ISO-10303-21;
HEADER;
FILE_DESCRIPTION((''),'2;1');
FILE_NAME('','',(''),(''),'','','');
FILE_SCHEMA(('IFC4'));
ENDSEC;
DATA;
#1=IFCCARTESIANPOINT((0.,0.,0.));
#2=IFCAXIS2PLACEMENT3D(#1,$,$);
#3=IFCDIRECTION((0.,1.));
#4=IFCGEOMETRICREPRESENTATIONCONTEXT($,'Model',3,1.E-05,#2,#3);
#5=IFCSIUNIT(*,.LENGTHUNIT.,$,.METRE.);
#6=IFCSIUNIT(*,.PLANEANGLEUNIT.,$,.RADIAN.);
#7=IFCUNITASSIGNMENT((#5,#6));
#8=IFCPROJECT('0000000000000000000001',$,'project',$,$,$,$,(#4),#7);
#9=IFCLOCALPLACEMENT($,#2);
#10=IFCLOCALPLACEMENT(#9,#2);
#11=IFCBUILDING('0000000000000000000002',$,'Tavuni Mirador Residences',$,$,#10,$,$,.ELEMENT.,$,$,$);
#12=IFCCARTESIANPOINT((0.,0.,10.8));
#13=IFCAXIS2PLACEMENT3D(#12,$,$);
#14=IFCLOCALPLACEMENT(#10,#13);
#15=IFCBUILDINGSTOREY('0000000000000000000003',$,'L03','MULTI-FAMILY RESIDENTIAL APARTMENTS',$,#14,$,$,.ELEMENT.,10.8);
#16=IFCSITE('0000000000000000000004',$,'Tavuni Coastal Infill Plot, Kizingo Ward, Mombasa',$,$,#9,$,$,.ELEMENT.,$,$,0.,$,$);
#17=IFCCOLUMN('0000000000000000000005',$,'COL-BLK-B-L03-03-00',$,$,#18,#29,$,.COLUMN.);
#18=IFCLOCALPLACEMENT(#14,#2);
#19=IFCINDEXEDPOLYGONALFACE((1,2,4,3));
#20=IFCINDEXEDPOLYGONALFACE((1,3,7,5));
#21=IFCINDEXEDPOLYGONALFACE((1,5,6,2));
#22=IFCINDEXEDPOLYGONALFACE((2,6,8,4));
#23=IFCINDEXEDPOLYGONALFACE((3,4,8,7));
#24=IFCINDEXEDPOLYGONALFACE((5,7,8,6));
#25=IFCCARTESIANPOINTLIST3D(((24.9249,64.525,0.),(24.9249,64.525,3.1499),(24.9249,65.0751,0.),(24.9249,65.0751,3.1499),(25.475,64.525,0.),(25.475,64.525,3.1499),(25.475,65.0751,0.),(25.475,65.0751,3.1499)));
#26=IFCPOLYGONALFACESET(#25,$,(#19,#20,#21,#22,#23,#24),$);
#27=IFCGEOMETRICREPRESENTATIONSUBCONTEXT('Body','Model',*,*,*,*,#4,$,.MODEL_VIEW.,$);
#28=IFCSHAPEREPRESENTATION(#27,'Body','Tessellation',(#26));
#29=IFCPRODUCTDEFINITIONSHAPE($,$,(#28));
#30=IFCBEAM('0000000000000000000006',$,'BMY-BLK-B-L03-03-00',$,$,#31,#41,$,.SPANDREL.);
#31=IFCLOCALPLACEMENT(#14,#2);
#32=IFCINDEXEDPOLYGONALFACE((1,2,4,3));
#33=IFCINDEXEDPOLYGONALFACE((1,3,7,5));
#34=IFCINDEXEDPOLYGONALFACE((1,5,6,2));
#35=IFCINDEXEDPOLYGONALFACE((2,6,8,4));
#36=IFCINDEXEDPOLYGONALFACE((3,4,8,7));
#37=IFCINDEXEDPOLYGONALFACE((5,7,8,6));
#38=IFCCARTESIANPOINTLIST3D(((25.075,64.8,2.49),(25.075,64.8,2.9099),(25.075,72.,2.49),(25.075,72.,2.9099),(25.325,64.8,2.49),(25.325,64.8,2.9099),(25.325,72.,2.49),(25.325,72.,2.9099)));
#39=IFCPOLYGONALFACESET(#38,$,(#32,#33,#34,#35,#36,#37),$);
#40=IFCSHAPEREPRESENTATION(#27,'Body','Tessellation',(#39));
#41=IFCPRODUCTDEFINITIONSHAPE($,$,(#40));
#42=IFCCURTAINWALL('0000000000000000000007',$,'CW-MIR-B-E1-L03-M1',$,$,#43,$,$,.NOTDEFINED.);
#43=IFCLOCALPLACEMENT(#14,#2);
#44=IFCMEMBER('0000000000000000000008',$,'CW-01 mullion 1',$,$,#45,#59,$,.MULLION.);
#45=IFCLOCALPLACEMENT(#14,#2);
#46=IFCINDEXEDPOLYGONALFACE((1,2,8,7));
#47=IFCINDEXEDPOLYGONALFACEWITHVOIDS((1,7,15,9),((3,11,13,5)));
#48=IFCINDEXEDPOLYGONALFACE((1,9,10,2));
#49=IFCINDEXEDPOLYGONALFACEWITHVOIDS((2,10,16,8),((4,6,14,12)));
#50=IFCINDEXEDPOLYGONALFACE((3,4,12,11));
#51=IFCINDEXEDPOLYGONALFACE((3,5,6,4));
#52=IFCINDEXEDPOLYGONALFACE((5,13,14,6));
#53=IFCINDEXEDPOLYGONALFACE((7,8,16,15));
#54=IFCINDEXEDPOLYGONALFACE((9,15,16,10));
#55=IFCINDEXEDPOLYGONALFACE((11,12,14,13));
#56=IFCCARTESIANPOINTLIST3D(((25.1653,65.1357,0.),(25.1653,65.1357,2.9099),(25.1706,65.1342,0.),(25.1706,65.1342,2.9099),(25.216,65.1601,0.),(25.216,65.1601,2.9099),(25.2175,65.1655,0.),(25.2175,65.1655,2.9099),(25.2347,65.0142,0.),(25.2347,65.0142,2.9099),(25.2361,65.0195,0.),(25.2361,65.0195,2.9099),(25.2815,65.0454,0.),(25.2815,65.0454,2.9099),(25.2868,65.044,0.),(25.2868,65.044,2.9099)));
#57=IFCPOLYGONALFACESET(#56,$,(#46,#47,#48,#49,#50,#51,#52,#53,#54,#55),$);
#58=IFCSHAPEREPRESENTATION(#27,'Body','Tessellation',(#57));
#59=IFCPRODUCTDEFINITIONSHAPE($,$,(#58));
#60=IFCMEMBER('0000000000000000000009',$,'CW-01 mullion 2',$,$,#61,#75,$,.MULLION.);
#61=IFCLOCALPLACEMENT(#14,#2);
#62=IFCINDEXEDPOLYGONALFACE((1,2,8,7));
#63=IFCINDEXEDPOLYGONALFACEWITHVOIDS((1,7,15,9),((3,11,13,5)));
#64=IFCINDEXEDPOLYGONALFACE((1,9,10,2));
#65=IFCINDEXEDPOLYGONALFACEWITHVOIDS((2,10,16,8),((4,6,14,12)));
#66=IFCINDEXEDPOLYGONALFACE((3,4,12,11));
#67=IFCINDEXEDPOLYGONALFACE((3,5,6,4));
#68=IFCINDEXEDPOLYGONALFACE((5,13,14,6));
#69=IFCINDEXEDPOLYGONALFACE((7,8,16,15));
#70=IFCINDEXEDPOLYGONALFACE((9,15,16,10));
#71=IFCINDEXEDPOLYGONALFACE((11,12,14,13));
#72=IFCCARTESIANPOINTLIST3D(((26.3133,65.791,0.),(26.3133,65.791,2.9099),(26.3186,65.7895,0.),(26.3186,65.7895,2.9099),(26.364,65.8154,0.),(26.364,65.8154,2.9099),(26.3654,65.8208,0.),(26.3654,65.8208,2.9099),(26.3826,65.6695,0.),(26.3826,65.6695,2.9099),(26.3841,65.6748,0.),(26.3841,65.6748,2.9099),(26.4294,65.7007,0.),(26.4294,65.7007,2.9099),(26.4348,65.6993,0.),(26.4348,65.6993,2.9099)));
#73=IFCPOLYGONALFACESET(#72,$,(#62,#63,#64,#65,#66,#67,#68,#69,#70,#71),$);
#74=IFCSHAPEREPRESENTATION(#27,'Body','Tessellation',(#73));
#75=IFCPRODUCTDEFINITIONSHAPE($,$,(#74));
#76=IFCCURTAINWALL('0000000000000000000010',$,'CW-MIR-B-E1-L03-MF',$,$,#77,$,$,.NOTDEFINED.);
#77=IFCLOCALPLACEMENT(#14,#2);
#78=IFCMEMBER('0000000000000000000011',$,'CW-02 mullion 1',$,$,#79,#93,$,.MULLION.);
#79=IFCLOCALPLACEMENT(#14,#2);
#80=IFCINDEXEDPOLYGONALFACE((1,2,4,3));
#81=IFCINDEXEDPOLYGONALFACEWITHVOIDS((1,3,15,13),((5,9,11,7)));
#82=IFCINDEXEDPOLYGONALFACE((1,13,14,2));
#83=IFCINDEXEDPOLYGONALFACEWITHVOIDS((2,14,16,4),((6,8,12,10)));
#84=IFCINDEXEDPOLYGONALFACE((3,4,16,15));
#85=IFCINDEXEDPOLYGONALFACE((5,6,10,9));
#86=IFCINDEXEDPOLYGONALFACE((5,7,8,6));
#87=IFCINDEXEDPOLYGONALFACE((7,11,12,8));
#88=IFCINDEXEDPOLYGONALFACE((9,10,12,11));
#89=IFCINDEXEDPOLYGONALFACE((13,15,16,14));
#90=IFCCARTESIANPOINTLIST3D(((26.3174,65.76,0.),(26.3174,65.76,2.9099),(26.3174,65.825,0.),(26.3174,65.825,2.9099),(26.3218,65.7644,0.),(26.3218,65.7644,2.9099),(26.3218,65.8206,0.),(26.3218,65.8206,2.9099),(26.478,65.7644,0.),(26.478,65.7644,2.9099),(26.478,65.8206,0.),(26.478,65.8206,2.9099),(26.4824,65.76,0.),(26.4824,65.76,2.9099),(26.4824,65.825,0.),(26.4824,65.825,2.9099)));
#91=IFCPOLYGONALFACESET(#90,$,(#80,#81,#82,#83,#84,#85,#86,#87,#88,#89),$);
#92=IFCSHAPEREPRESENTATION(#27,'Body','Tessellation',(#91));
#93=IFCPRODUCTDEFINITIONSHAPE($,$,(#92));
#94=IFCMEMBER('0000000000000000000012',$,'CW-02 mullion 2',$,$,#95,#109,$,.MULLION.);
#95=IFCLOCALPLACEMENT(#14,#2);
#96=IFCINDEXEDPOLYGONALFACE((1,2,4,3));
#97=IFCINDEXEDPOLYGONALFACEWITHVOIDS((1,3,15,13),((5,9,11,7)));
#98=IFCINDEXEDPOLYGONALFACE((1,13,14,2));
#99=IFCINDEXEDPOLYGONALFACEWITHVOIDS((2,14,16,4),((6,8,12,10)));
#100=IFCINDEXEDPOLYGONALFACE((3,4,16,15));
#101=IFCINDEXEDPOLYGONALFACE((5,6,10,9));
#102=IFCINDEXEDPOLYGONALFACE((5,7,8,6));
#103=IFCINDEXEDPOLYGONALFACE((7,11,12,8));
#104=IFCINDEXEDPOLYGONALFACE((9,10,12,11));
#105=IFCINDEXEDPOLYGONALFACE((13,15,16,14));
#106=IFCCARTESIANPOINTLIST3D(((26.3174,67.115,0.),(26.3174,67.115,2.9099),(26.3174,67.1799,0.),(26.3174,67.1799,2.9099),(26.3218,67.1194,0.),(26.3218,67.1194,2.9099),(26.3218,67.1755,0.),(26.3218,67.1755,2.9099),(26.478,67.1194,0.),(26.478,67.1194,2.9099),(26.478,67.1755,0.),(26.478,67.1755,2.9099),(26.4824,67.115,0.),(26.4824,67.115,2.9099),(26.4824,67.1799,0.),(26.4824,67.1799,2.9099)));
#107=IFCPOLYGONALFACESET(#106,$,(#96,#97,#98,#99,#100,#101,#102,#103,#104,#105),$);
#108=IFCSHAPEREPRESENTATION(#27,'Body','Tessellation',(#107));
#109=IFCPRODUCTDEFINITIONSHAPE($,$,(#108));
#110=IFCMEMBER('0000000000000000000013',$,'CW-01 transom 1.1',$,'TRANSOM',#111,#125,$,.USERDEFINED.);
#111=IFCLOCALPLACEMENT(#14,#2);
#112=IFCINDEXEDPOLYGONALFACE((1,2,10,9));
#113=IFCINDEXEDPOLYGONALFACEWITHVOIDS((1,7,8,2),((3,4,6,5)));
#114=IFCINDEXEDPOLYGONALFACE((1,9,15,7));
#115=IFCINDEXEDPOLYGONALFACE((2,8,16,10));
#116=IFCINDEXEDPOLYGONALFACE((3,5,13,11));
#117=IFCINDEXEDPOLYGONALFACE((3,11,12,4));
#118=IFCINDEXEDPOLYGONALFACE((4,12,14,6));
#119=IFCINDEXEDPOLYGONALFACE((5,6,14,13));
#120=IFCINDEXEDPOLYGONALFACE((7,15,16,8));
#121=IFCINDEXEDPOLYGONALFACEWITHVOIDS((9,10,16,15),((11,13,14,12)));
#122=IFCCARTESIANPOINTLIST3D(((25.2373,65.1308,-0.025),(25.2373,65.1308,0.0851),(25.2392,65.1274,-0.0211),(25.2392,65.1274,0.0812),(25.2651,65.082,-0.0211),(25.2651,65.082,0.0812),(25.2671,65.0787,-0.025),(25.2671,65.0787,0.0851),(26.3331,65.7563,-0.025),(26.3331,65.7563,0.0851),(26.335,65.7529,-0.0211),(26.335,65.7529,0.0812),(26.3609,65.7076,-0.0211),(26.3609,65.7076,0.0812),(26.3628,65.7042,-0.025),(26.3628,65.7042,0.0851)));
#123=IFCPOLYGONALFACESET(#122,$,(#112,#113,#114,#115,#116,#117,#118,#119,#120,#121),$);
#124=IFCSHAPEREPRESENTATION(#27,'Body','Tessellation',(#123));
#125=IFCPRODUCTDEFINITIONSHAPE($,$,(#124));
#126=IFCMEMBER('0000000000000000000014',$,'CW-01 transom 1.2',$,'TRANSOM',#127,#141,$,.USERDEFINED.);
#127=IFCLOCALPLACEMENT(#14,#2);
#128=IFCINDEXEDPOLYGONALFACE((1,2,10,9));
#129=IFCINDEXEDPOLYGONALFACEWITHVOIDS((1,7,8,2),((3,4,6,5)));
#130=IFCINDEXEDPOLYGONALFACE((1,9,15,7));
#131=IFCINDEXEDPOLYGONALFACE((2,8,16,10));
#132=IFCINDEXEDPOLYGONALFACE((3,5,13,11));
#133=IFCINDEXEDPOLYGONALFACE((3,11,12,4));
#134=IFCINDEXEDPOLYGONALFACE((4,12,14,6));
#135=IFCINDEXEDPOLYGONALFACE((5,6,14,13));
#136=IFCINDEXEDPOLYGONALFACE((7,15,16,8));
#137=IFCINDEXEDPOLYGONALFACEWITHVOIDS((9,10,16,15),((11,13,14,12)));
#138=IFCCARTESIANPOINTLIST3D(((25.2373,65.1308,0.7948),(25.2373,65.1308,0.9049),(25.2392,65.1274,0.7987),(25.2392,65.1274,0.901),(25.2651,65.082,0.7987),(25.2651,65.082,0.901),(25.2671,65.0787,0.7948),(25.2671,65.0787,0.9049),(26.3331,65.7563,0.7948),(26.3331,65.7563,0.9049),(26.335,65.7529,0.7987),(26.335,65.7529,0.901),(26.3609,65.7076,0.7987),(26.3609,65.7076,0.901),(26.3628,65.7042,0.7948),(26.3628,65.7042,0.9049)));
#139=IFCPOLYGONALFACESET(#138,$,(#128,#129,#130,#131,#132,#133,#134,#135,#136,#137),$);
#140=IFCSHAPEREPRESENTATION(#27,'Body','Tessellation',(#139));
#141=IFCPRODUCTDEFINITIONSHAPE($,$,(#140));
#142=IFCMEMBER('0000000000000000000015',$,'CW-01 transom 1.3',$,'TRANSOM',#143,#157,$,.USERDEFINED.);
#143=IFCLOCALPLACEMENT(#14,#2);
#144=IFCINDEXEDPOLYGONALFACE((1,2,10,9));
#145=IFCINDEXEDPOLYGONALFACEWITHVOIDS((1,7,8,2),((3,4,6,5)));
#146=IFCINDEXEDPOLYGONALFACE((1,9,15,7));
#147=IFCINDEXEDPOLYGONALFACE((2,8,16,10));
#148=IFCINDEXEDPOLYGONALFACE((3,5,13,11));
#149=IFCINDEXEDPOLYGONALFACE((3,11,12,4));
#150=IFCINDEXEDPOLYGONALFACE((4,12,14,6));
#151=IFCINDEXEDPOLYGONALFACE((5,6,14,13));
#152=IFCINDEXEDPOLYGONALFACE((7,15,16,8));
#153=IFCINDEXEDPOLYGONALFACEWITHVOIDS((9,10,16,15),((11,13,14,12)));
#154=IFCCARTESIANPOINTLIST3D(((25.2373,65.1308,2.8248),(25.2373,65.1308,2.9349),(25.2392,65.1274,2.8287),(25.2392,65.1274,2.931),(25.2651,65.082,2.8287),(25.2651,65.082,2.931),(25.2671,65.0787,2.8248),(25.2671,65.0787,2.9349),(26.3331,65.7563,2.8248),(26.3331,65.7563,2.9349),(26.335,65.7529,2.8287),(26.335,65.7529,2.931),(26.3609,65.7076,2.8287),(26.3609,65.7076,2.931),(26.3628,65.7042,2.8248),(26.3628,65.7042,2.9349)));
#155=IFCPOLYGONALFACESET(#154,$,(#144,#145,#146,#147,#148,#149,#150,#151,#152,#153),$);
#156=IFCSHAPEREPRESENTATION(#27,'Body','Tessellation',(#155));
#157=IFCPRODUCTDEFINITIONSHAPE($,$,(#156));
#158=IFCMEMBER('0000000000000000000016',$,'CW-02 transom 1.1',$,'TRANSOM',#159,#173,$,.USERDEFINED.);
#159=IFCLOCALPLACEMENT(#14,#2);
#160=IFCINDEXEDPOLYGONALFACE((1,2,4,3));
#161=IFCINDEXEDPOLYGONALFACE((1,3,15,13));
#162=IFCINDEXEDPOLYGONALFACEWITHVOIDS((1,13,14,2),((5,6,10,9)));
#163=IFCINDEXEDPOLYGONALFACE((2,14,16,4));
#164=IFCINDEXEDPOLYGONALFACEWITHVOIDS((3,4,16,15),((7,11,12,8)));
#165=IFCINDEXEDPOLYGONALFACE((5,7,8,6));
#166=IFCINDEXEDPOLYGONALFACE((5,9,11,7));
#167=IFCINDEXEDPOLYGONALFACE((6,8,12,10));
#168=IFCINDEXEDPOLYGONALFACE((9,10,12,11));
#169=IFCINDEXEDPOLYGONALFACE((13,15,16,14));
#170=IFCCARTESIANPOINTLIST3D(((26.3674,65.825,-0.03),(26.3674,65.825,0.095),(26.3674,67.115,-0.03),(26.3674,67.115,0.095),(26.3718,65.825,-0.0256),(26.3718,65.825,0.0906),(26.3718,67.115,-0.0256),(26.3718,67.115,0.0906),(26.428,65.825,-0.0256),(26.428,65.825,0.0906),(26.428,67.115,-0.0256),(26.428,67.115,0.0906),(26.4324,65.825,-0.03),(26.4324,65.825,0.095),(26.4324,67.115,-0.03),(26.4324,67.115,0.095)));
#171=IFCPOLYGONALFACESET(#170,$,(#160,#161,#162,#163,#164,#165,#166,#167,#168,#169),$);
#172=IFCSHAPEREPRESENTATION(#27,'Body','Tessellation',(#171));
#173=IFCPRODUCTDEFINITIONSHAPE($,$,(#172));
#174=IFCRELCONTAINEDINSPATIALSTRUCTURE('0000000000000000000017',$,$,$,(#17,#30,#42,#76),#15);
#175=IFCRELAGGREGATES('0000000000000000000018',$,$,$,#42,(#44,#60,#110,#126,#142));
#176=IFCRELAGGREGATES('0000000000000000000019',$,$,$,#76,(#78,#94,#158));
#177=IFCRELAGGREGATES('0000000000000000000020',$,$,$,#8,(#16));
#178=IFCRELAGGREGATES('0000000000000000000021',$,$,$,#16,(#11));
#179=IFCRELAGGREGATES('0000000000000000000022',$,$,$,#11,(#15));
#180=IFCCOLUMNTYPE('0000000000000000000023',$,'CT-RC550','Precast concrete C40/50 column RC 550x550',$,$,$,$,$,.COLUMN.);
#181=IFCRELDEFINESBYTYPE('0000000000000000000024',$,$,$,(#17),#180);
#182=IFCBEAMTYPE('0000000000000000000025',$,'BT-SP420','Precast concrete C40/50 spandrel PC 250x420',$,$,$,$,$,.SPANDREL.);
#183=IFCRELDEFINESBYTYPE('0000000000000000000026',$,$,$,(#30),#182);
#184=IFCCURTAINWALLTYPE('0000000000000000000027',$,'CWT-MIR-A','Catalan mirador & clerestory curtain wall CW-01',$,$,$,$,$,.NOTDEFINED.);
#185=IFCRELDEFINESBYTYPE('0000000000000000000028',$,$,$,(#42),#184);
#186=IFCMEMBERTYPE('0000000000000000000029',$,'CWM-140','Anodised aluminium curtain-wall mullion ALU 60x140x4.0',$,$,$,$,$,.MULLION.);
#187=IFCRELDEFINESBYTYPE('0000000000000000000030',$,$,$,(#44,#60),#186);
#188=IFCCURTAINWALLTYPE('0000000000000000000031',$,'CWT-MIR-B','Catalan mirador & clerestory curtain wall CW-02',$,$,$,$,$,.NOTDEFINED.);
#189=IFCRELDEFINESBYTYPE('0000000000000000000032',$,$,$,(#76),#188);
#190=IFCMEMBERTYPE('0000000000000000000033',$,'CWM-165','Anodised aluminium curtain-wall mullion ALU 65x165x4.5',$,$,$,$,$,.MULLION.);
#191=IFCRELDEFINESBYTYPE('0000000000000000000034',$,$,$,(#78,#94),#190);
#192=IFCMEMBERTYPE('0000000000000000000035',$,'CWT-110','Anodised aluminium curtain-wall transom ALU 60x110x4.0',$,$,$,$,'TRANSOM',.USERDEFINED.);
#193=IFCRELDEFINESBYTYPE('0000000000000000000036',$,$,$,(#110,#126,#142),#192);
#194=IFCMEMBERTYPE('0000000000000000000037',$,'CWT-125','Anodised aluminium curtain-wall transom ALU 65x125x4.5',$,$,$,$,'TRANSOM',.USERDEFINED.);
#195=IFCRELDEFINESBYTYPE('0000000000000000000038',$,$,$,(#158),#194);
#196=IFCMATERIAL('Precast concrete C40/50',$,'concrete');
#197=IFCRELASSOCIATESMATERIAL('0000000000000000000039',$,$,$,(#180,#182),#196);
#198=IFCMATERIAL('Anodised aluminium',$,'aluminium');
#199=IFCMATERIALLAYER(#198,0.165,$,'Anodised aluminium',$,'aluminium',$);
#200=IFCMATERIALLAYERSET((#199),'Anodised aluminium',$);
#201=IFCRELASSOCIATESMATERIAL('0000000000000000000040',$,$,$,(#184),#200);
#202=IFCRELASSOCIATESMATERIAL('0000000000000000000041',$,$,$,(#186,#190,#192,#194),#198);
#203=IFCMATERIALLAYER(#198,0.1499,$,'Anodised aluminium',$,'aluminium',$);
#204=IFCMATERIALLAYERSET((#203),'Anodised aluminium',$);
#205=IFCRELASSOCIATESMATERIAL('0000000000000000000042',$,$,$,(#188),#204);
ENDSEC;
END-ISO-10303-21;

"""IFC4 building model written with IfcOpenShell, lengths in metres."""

from ifc_helpers import new_model, si_unit, direction, frame, origin, origin_2d, place, context, subcontext, project, spatial, rectangle, hollow_rectangle, extrude, material, layer, layer_set, material_profile, profile_set, type_object, element, aggregate, save


model = new_model("IFC4")

# Units and contexts
model_context = context("Model", 3, precision=1e-05, world=origin(), true_north=direction((0.0, 1.0)))
body_context = subcontext(model_context, "Body", "Model", "MODEL_VIEW")
ifc_project = project(units=[si_unit("LENGTHUNIT", "METRE"), si_unit("PLANEANGLEUNIT", "RADIAN")], contexts=[model_context])

# Site, building, storey
site_placement = place(None, origin())
site = spatial("IfcSite", under=ifc_project, at=site_placement, Name="Tavuni Coastal Infill Plot, Kizingo Ward, Mombasa", CompositionType="ELEMENT", RefElevation=0.0)
building_placement = place(site_placement, origin())
building = spatial("IfcBuilding", under=site, at=building_placement, Name="Tavuni Mirador Residences", CompositionType="ELEMENT")
storey_placement = place(building_placement, frame((0.0, 0.0, 10.8)))
storey = spatial("IfcBuildingStorey", under=building, at=storey_placement, Name="L03", Description="MULTI-FAMILY RESIDENTIAL APARTMENTS", CompositionType="ELEMENT", Elevation=10.8)

# Column
ifc_material_1 = material(Name="Precast concrete C40/50", Category="concrete")
ifc_material_profile_1 = material_profile(ifc_material_1, rectangle(XDim=0.55, YDim=0.55, at=origin_2d()), Name="RC 550x550", Category="concrete")
ifc_profile_set_1 = profile_set([ifc_material_profile_1], Name="Precast concrete C40/50")
column_type = type_object("IfcColumnType", Name="CT-RC550", Description="Precast concrete C40/50 column RC 550x550", PredefinedType="COLUMN", material=ifc_profile_set_1)
column_placement = place(storey_placement, frame((25.2, 64.8, 0.0), z_axis=(0.0, 0.0, 1.0), x_axis=(1.0, 0.0, 0.0)))
element("IfcColumn", 1, at=column_placement, inside=storey, type_object=column_type, Name="COL-BLK-B-L03-03-00", PredefinedType="COLUMN", context=body_context, shape_type="SweptSolid", body=[
    extrude(rectangle(XDim=0.55, YDim=0.55, at=origin_2d()), origin(), (0.0, 0.0, 1.0), 3.1499),
])

# Beam
ifc_material_profile_2 = material_profile(ifc_material_1, rectangle(XDim=0.25, YDim=0.4199, at=origin_2d()), Name="PC 250x420", Category="concrete")
ifc_profile_set_2 = profile_set([ifc_material_profile_2], Name="Precast concrete C40/50")
beam_type = type_object("IfcBeamType", Name="BT-SP420", Description="Precast concrete C40/50 spandrel PC 250x420", PredefinedType="SPANDREL", material=ifc_profile_set_2)
beam_placement = place(storey_placement, frame((25.2, 64.8, 2.7), z_axis=(0.0, 1.0, 0.0), x_axis=(-1.0, 0.0, 0.0)))
element("IfcBeam", 2, at=beam_placement, inside=storey, type_object=beam_type, Name="BMY-BLK-B-L03-03-00", PredefinedType="SPANDREL", context=body_context, shape_type="SweptSolid", body=[
    extrude(rectangle(XDim=0.25, YDim=0.4199, at=origin_2d()), origin(), (0.0, 0.0, 1.0), 7.2),
])

# Curtain walls, members
ifc_material_2 = material(Name="Anodised aluminium", Category="aluminium")
ifc_layer_1 = layer(ifc_material_2, 0.165, Name="Anodised aluminium", Category="aluminium")
ifc_layer_set_1 = layer_set([ifc_layer_1], Name="Anodised aluminium")
curtain_wall_type_1 = type_object("IfcCurtainWallType", Name="CWT-MIR-A", Description="Catalan mirador & clerestory curtain wall CW-01", PredefinedType="NOTDEFINED", material=ifc_layer_set_1)
curtain_wall_1_placement = place(storey_placement, origin())
curtain_wall_1 = element("IfcCurtainWall", 3, at=curtain_wall_1_placement, inside=storey, type_object=curtain_wall_type_1, Name="CW-MIR-B-E1-L03-M1", PredefinedType="NOTDEFINED")
ifc_material_profile_3 = material_profile(ifc_material_2, hollow_rectangle(XDim=0.0601, YDim=0.1399, WallThickness=0.0039, at=origin_2d()), Name="ALU 60x140x4.0", Category="aluminium")
ifc_profile_set_3 = profile_set([ifc_material_profile_3], Name="Anodised aluminium")
member_type_1 = type_object("IfcMemberType", Name="CWM-140", Description="Anodised aluminium curtain-wall mullion ALU 60x140x4.0", PredefinedType="MULLION", material=ifc_profile_set_3)
member_1_placement = place(storey_placement, frame((25.2261, 65.0898, 0.0), z_axis=(0.0, 0.0, 1.0), x_axis=(0.868466, 0.495749, 0.0)))
member_1 = element("IfcMember", 4, at=member_1_placement, type_object=member_type_1, Name="CW-01 mullion 1", PredefinedType="MULLION", context=body_context, shape_type="SweptSolid", body=[
    extrude(hollow_rectangle(XDim=0.0601, YDim=0.1399, WallThickness=0.0039, at=origin_2d()), origin(), (0.0, 0.0, 1.0), 2.9099),
])
member_2_placement = place(storey_placement, frame((26.374, 65.7451, 0.0), z_axis=(0.0, 0.0, 1.0), x_axis=(0.868466, 0.495749, 0.0)))
member_2 = element("IfcMember", 5, at=member_2_placement, type_object=member_type_1, Name="CW-01 mullion 2", PredefinedType="MULLION", context=body_context, shape_type="SweptSolid", body=[
    extrude(hollow_rectangle(XDim=0.0601, YDim=0.1399, WallThickness=0.0039, at=origin_2d()), origin(), (0.0, 0.0, 1.0), 2.9099),
])
ifc_layer_2 = layer(ifc_material_2, 0.1499, Name="Anodised aluminium", Category="aluminium")
ifc_layer_set_2 = layer_set([ifc_layer_2], Name="Anodised aluminium")
curtain_wall_type_2 = type_object("IfcCurtainWallType", Name="CWT-MIR-B", Description="Catalan mirador & clerestory curtain wall CW-02", PredefinedType="NOTDEFINED", material=ifc_layer_set_2)
curtain_wall_2_placement = place(storey_placement, origin())
curtain_wall_2 = element("IfcCurtainWall", 6, at=curtain_wall_2_placement, inside=storey, type_object=curtain_wall_type_2, Name="CW-MIR-B-E1-L03-MF", PredefinedType="NOTDEFINED")
ifc_material_profile_4 = material_profile(ifc_material_2, hollow_rectangle(XDim=0.0649, YDim=0.165, WallThickness=0.0044, at=origin_2d()), Name="ALU 65x165x4.5", Category="aluminium")
ifc_profile_set_4 = profile_set([ifc_material_profile_4], Name="Anodised aluminium")
member_type_2 = type_object("IfcMemberType", Name="CWM-165", Description="Anodised aluminium curtain-wall mullion ALU 65x165x4.5", PredefinedType="MULLION", material=ifc_profile_set_4)
member_3_placement = place(storey_placement, frame((26.3999, 65.7925, 0.0), z_axis=(0.0, 0.0, 1.0), x_axis=(0.0, 1.0, 0.0)))
member_3 = element("IfcMember", 7, at=member_3_placement, type_object=member_type_2, Name="CW-02 mullion 1", PredefinedType="MULLION", context=body_context, shape_type="SweptSolid", body=[
    extrude(hollow_rectangle(XDim=0.0649, YDim=0.165, WallThickness=0.0044, at=origin_2d()), origin(), (0.0, 0.0, 1.0), 2.9099),
])
member_4_placement = place(storey_placement, frame((26.3999, 67.1475, 0.0), z_axis=(0.0, 0.0, 1.0), x_axis=(0.0, 1.0, 0.0)))
member_4 = element("IfcMember", 8, at=member_4_placement, type_object=member_type_2, Name="CW-02 mullion 2", PredefinedType="MULLION", context=body_context, shape_type="SweptSolid", body=[
    extrude(hollow_rectangle(XDim=0.0649, YDim=0.165, WallThickness=0.0044, at=origin_2d()), origin(), (0.0, 0.0, 1.0), 2.9099),
])

# Members
ifc_material_profile_5 = material_profile(ifc_material_2, hollow_rectangle(XDim=0.0601, YDim=0.1101, WallThickness=0.0039, at=origin_2d()), Name="ALU 60x110x4.0", Category="aluminium")
ifc_profile_set_5 = profile_set([ifc_material_profile_5], Name="Anodised aluminium")
member_type_3 = type_object("IfcMemberType", Name="CWT-110", Description="Anodised aluminium curtain-wall transom ALU 60x110x4.0", ElementType="TRANSOM", PredefinedType="USERDEFINED", material=ifc_profile_set_5)
member_5_placement = place(storey_placement, frame((25.2522, 65.1047, 0.03), z_axis=(0.868457, 0.495764, 0.0), x_axis=(-0.495764, 0.868457, 0.0)))
member_5 = element("IfcMember", 9, at=member_5_placement, type_object=member_type_3, Name="CW-01 transom 1.1", ObjectType="TRANSOM", PredefinedType="USERDEFINED", context=body_context, shape_type="SweptSolid", body=[
    extrude(hollow_rectangle(XDim=0.0601, YDim=0.1101, WallThickness=0.0039, at=origin_2d()), origin(), (0.0, 0.0, 1.0), 1.2617),
])
member_6_placement = place(storey_placement, frame((25.2522, 65.1047, 0.8499), z_axis=(0.868457, 0.495764, 0.0), x_axis=(-0.495764, 0.868457, 0.0)))
member_6 = element("IfcMember", 10, at=member_6_placement, type_object=member_type_3, Name="CW-01 transom 1.2", ObjectType="TRANSOM", PredefinedType="USERDEFINED", context=body_context, shape_type="SweptSolid", body=[
    extrude(hollow_rectangle(XDim=0.0601, YDim=0.1101, WallThickness=0.0039, at=origin_2d()), origin(), (0.0, 0.0, 1.0), 1.2617),
])
member_7_placement = place(storey_placement, frame((25.2522, 65.1047, 2.8799), z_axis=(0.868457, 0.495764, 0.0), x_axis=(-0.495764, 0.868457, 0.0)))
member_7 = element("IfcMember", 11, at=member_7_placement, type_object=member_type_3, Name="CW-01 transom 1.3", ObjectType="TRANSOM", PredefinedType="USERDEFINED", context=body_context, shape_type="SweptSolid", body=[
    extrude(hollow_rectangle(XDim=0.0601, YDim=0.1101, WallThickness=0.0039, at=origin_2d()), origin(), (0.0, 0.0, 1.0), 1.2617),
])
ifc_material_profile_6 = material_profile(ifc_material_2, hollow_rectangle(XDim=0.0649, YDim=0.125, WallThickness=0.0044, at=origin_2d()), Name="ALU 65x125x4.5", Category="aluminium")
ifc_profile_set_6 = profile_set([ifc_material_profile_6], Name="Anodised aluminium")
member_type_4 = type_object("IfcMemberType", Name="CWT-125", Description="Anodised aluminium curtain-wall transom ALU 65x125x4.5", ElementType="TRANSOM", PredefinedType="USERDEFINED", material=ifc_profile_set_6)
member_8_placement = place(storey_placement, frame((26.3999, 65.825, 0.0325), z_axis=(0.0, 1.0, 0.0), x_axis=(-1.0, 0.0, 0.0)))
member_8 = element("IfcMember", 12, at=member_8_placement, type_object=member_type_4, Name="CW-02 transom 1.1", ObjectType="TRANSOM", PredefinedType="USERDEFINED", context=body_context, shape_type="SweptSolid", body=[
    extrude(hollow_rectangle(XDim=0.0649, YDim=0.125, WallThickness=0.0044, at=origin_2d()), origin(), (0.0, 0.0, 1.0), 1.29),
])

aggregate(curtain_wall_1, [member_1, member_2, member_5, member_6, member_7])
aggregate(curtain_wall_2, [member_3, member_4, member_8])

save(model, "model.ifc")
